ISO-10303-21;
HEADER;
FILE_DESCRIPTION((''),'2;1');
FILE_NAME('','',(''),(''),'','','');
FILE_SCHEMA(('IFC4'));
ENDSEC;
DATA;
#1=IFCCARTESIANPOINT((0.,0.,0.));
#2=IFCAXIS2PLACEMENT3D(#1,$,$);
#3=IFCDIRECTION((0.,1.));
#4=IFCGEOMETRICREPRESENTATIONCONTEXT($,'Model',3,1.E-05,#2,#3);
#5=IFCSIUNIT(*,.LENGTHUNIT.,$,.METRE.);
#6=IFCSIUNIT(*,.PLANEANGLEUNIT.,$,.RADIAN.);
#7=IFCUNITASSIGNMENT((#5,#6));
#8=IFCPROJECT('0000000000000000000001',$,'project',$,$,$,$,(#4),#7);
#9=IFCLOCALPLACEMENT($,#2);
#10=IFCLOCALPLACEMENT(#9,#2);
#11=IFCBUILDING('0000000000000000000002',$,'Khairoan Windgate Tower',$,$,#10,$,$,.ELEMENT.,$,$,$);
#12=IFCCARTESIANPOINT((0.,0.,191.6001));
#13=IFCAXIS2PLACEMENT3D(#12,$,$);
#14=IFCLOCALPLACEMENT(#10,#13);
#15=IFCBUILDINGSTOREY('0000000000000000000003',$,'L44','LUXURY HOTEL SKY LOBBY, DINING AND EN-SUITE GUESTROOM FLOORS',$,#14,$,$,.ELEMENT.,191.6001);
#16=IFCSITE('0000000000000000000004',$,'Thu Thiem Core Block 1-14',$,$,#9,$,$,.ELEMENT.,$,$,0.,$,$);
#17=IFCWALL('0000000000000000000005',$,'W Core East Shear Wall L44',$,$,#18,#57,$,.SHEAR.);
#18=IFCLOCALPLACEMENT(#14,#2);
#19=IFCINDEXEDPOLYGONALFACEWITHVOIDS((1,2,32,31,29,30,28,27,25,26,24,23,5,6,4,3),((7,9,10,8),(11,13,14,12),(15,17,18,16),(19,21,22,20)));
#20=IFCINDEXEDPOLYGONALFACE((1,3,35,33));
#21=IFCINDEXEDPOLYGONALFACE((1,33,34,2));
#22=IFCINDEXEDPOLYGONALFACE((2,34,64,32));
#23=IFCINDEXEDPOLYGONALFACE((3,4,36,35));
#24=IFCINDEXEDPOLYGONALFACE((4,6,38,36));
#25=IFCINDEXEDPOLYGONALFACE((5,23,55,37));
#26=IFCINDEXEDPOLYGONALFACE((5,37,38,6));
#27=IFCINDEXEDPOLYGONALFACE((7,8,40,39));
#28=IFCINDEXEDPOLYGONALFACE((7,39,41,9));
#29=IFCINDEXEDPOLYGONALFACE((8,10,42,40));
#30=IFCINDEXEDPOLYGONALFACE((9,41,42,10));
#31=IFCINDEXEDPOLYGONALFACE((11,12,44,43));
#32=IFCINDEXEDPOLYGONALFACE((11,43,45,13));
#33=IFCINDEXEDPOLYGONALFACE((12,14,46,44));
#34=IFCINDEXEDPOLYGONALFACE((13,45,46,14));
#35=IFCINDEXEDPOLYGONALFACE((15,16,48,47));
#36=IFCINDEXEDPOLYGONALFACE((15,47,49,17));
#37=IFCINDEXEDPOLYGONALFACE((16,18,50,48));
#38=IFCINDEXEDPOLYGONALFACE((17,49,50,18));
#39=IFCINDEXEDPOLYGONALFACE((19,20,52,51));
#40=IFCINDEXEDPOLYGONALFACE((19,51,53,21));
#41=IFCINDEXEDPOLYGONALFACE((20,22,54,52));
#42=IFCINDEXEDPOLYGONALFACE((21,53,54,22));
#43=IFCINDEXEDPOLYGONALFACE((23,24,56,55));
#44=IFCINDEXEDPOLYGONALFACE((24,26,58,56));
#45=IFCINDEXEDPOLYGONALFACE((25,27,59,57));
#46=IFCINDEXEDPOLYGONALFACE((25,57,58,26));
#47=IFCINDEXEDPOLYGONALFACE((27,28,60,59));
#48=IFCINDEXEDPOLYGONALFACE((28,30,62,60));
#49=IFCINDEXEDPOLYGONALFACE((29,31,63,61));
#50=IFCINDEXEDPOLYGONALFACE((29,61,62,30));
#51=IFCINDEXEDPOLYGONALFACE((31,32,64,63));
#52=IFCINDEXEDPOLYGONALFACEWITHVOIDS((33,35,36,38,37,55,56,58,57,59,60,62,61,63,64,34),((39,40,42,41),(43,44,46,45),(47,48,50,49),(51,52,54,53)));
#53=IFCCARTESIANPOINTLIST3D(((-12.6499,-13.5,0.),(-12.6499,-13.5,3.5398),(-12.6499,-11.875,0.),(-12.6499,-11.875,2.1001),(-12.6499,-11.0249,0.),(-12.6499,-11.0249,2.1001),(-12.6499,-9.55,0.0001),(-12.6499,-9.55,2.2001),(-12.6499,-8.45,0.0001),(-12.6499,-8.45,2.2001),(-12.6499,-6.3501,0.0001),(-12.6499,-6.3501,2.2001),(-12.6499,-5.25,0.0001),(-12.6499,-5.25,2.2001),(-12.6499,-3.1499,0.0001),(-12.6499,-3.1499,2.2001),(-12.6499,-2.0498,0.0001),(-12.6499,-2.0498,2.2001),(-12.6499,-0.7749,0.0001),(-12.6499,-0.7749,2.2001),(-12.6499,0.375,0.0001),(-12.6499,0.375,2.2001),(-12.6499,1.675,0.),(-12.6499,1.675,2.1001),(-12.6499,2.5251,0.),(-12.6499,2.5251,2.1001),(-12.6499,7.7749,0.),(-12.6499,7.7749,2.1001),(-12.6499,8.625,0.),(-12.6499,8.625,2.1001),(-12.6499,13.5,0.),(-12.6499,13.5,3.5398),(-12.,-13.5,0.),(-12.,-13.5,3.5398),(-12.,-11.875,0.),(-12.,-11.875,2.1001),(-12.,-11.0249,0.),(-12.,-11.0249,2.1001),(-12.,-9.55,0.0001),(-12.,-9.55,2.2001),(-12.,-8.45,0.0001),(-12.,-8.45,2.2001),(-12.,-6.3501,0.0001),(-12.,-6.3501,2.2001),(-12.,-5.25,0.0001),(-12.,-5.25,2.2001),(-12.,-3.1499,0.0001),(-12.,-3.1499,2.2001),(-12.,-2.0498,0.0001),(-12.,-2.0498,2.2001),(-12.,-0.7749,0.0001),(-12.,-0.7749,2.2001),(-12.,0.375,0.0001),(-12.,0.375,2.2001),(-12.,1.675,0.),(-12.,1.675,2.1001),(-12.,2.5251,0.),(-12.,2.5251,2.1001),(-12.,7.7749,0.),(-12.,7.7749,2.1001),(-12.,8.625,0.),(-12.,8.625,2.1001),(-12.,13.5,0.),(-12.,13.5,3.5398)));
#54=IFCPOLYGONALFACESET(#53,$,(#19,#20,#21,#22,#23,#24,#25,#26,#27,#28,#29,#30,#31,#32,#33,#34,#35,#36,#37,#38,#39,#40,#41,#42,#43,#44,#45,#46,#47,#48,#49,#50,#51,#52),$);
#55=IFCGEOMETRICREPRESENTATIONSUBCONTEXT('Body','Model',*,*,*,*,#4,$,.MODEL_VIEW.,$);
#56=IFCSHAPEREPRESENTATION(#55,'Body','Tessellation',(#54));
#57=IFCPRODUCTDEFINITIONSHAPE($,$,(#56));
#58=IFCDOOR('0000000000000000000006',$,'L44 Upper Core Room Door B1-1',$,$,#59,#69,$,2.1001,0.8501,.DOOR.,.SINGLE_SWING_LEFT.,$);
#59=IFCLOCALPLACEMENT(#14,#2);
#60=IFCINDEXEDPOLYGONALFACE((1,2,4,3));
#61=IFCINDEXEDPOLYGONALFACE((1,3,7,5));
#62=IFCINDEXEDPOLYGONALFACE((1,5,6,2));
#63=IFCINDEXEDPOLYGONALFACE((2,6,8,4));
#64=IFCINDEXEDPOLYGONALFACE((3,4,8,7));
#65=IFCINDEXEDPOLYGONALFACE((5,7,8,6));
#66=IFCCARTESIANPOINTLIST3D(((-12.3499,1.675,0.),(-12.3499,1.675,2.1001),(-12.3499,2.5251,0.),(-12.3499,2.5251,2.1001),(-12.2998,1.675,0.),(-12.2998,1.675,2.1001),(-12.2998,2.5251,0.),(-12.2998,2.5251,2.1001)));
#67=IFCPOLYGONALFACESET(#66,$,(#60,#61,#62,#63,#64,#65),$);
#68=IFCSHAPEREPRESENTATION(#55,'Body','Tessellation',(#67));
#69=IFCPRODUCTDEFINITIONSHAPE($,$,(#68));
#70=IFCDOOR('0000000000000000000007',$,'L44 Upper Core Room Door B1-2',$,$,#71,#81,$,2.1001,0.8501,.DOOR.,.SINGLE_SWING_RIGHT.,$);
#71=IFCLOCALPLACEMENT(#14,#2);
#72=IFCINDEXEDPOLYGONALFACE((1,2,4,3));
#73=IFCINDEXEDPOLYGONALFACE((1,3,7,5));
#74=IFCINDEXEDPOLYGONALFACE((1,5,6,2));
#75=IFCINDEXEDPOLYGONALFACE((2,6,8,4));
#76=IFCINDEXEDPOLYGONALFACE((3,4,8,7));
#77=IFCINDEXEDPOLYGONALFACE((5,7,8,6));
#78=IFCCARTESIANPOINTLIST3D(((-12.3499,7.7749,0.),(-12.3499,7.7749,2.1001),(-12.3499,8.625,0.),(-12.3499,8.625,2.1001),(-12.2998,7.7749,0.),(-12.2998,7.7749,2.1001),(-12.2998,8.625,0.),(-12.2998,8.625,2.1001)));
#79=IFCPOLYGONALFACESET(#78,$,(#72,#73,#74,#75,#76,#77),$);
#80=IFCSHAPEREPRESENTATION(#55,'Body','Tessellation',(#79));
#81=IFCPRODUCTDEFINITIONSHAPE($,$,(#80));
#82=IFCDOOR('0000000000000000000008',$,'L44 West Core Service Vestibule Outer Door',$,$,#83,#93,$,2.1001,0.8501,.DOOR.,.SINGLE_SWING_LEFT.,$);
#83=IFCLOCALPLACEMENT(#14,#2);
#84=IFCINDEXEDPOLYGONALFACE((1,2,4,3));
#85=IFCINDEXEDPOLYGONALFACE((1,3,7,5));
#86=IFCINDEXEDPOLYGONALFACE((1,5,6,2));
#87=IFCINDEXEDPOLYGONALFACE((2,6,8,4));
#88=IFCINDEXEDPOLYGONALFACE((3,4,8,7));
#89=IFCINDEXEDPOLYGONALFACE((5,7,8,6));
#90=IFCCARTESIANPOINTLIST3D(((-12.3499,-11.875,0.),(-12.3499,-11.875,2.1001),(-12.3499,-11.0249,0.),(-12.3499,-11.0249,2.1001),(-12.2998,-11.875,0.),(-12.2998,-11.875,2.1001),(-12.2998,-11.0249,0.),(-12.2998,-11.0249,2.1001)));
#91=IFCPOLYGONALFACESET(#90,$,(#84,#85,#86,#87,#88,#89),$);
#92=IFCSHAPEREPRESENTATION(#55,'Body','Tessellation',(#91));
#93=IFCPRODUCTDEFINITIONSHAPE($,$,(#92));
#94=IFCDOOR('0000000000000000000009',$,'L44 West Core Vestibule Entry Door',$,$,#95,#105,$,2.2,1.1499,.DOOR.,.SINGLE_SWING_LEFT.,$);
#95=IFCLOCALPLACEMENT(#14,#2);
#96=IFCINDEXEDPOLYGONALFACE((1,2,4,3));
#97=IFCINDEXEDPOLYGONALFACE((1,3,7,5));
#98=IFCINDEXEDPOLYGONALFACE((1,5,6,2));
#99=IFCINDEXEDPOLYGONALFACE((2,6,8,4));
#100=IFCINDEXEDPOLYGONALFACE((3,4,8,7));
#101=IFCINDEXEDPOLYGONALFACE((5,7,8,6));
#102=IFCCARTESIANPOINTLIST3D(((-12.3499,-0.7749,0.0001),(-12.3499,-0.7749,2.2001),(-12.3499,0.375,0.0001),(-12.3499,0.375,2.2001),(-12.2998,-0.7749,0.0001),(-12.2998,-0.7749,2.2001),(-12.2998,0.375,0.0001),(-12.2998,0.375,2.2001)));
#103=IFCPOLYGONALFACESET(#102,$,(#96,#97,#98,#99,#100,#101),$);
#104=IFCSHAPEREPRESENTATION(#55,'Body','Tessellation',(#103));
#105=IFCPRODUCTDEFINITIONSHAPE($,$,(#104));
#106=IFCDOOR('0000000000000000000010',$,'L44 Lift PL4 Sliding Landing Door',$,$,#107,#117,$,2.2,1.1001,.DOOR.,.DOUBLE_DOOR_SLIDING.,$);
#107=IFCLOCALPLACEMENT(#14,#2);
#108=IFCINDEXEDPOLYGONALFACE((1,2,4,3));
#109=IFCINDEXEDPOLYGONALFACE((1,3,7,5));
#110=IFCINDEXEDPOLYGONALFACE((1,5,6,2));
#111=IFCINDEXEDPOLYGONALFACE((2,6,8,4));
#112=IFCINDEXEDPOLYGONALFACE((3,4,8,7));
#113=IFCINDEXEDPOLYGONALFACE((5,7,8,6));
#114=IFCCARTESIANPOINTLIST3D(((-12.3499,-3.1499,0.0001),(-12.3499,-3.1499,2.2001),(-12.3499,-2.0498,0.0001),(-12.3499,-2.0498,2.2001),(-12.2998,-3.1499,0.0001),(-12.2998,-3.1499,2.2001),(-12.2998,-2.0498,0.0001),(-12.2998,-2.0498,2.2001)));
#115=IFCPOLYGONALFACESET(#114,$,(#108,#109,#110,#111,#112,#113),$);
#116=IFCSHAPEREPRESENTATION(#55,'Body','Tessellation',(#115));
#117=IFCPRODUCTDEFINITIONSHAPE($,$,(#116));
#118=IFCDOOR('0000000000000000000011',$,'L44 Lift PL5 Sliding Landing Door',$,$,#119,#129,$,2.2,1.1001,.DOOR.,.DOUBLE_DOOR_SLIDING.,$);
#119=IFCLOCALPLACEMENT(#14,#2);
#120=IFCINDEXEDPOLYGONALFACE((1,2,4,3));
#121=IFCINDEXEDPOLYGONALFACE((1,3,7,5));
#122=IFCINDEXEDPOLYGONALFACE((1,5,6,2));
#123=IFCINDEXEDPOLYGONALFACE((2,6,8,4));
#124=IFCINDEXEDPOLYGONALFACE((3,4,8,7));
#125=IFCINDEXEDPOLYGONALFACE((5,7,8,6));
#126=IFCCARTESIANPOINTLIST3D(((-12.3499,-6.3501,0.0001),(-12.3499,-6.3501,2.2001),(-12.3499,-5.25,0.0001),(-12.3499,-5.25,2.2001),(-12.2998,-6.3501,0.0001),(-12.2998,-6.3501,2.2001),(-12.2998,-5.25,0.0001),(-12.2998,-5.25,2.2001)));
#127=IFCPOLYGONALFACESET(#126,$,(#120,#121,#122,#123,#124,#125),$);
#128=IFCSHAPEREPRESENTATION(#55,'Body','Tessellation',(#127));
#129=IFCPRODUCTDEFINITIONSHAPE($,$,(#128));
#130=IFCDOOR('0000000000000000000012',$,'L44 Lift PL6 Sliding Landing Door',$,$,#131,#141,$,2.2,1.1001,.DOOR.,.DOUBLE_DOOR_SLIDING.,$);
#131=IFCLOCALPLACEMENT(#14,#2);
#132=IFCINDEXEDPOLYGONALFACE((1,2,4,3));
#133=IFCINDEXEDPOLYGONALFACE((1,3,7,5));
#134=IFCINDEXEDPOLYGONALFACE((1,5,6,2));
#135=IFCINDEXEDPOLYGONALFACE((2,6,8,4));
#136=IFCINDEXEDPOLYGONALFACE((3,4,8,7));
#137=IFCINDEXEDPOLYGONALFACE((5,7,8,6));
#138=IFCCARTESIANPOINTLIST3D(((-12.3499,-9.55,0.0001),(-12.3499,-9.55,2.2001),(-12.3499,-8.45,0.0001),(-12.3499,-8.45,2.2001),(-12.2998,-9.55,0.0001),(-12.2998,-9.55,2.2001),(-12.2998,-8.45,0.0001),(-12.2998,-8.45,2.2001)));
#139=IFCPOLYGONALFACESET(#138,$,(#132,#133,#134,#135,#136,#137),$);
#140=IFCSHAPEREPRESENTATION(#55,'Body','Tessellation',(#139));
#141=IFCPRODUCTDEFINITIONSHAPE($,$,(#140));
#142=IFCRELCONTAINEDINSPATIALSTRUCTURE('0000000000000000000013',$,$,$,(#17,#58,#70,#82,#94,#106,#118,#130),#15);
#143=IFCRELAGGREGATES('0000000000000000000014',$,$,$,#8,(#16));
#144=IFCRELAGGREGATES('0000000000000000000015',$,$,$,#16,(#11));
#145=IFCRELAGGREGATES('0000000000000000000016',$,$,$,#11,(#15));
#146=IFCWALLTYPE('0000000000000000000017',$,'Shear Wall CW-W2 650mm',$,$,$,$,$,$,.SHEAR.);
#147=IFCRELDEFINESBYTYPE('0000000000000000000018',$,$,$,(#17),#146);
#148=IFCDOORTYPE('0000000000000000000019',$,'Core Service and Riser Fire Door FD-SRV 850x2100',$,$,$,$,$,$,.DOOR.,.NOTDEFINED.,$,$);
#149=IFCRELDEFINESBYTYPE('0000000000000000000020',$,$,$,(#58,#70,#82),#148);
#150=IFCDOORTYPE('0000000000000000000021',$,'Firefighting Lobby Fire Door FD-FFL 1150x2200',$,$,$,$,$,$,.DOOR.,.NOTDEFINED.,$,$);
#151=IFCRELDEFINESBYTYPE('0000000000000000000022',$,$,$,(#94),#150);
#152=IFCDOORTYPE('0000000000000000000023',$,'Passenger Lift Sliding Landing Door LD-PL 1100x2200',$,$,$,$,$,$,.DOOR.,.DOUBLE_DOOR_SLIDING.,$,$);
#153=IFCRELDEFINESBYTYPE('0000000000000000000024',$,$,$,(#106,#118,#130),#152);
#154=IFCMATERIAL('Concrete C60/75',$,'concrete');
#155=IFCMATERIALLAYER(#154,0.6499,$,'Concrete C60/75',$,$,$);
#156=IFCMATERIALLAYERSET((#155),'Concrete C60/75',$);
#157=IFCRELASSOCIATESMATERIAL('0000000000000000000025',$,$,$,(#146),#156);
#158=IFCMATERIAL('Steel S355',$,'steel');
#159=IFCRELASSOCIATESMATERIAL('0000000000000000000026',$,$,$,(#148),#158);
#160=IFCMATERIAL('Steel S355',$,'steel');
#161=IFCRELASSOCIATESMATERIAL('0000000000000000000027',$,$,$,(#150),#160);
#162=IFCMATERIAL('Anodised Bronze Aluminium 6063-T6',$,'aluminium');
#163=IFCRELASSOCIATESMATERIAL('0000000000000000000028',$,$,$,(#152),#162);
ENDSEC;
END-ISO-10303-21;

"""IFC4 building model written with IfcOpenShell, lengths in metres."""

from ifc_helpers import new_model, si_unit, direction, frame, frame_2d, origin, place, context, subcontext, project, spatial, rectangle, extrude, material, layer, layer_set, type_object, element, fill, save


model = new_model("IFC4")

# Units and contexts
model_context = context("Model", 3, precision=1e-05, world=origin(), true_north=direction((0.0, 1.0)))
body_context = subcontext(model_context, "Body", "Model", "MODEL_VIEW")
ifc_project = project(units=[si_unit("LENGTHUNIT", "METRE"), si_unit("PLANEANGLEUNIT", "RADIAN")], contexts=[model_context])

# Site, building, storey
site_placement = place(None, origin())
site = spatial("IfcSite", under=ifc_project, at=site_placement, Name="Thu Thiem Core Block 1-14", CompositionType="ELEMENT", RefElevation=0.0)
building_placement = place(site_placement, origin())
building = spatial("IfcBuilding", under=site, at=building_placement, Name="Khairoan Windgate Tower", CompositionType="ELEMENT")
storey_placement = place(building_placement, frame((0.0, 0.0, 191.6001)))
storey = spatial("IfcBuildingStorey", under=building, at=storey_placement, Name="L44", Description="LUXURY HOTEL SKY LOBBY, DINING AND EN-SUITE GUESTROOM FLOORS", CompositionType="ELEMENT", Elevation=191.6001)

# Wall, openings, doors
ifc_material_1 = material(Name="Concrete C60/75", Category="concrete")
ifc_layer_1 = layer(ifc_material_1, 0.6499, Name="Concrete C60/75")
ifc_layer_set_1 = layer_set([ifc_layer_1], Name="Concrete C60/75")
wall_type_1 = type_object("IfcWallType", Name="Shear Wall CW-W2 650mm", PredefinedType="SHEAR", material=ifc_layer_set_1)
wall_1_placement = place(storey_placement, frame((-12.325, -13.5, 0.0), z_axis=(0.0, 0.0, 1.0), x_axis=(0.0, 1.0, 0.0)))
wall_1 = element("IfcWall", 1, at=wall_1_placement, inside=storey, type_object=wall_type_1, Name="W Core East Shear Wall L44", PredefinedType="SHEAR", context=body_context, shape_type="SweptSolid", body=[
    extrude(rectangle(XDim=27.0, YDim=0.6499, at=frame_2d((13.5, 0.0))), origin(), (0.0, 0.0, 1.0), 3.5398),
])
opening_1_placement = place(wall_1_placement, frame((10.3501, 0.0, 0.0)))
opening_1 = element("IfcOpeningElement", 2, at=opening_1_placement, cuts=wall_1, PredefinedType="OPENING", context=body_context, shape_type="SweptSolid", body=[
    extrude(rectangle(XDim=1.1001, YDim=2.2, at=frame_2d((0.55, 1.1001))), frame((0.0, 0.335, 0.0), z_axis=(0.0, -1.0, 0.0), x_axis=(1.0, 0.0, 0.0)), (0.0, 0.0, 1.0), 0.6699),
])
opening_2_placement = place(wall_1_placement, frame((7.1499, 0.0, 0.0)))
opening_2 = element("IfcOpeningElement", 3, at=opening_2_placement, cuts=wall_1, PredefinedType="OPENING", context=body_context, shape_type="SweptSolid", body=[
    extrude(rectangle(XDim=1.1001, YDim=2.2, at=frame_2d((0.55, 1.1001))), frame((0.0, 0.335, 0.0), z_axis=(0.0, -1.0, 0.0), x_axis=(1.0, 0.0, 0.0)), (0.0, 0.0, 1.0), 0.6699),
])
opening_3_placement = place(wall_1_placement, frame((3.95, 0.0, 0.0)))
opening_3 = element("IfcOpeningElement", 4, at=opening_3_placement, cuts=wall_1, PredefinedType="OPENING", context=body_context, shape_type="SweptSolid", body=[
    extrude(rectangle(XDim=1.1001, YDim=2.2, at=frame_2d((0.55, 1.1001))), frame((0.0, 0.335, 0.0), z_axis=(0.0, -1.0, 0.0), x_axis=(1.0, 0.0, 0.0)), (0.0, 0.0, 1.0), 0.6699),
])
opening_4_placement = place(wall_1_placement, frame((15.175, 0.0, 0.0)))
opening_4 = element("IfcOpeningElement", 5, at=opening_4_placement, cuts=wall_1, PredefinedType="OPENING", context=body_context, shape_type="SweptSolid", body=[
    extrude(rectangle(XDim=0.8501, YDim=2.1001, at=frame_2d((0.425, 1.05))), frame((0.0, 0.335, 0.0), z_axis=(0.0, -1.0, 0.0), x_axis=(1.0, 0.0, 0.0)), (0.0, 0.0, 1.0), 0.6699),
])
opening_5_placement = place(wall_1_placement, frame((21.2749, 0.0, 0.0)))
opening_5 = element("IfcOpeningElement", 6, at=opening_5_placement, cuts=wall_1, PredefinedType="OPENING", context=body_context, shape_type="SweptSolid", body=[
    extrude(rectangle(XDim=0.8501, YDim=2.1001, at=frame_2d((0.425, 1.05))), frame((0.0, 0.335, 0.0), z_axis=(0.0, -1.0, 0.0), x_axis=(1.0, 0.0, 0.0)), (0.0, 0.0, 1.0), 0.6699),
])
opening_6_placement = place(wall_1_placement, frame((12.7251, 0.0, 0.0)))
opening_6 = element("IfcOpeningElement", 7, at=opening_6_placement, cuts=wall_1, PredefinedType="OPENING", context=body_context, shape_type="SweptSolid", body=[
    extrude(rectangle(XDim=1.1499, YDim=2.2, at=frame_2d((0.575, 1.1001))), frame((0.0, 0.335, 0.0), z_axis=(0.0, -1.0, 0.0), x_axis=(1.0, 0.0, 0.0)), (0.0, 0.0, 1.0), 0.6699),
])
opening_7_placement = place(wall_1_placement, frame((1.625, 0.0, 0.0)))
opening_7 = element("IfcOpeningElement", 8, at=opening_7_placement, cuts=wall_1, PredefinedType="OPENING", context=body_context, shape_type="SweptSolid", body=[
    extrude(rectangle(XDim=0.8501, YDim=2.1001, at=frame_2d((0.425, 1.05))), frame((0.0, 0.335, 0.0), z_axis=(0.0, -1.0, 0.0), x_axis=(1.0, 0.0, 0.0)), (0.0, 0.0, 1.0), 0.6699),
])
ifc_material_2 = material(Name="Steel S355", Category="steel")
door_type_1 = type_object("IfcDoorType", Name="Core Service and Riser Fire Door FD-SRV 850x2100", OperationType="NOTDEFINED", PredefinedType="DOOR", material=ifc_material_2)
door_1_placement = place(opening_4_placement, origin())
door_1 = element("IfcDoor", 9, at=door_1_placement, inside=storey, type_object=door_type_1, Name="L44 Upper Core Room Door B1-1", OperationType="SINGLE_SWING_LEFT", OverallHeight=2.1001, OverallWidth=0.8501, PredefinedType="DOOR", context=body_context, shape_type="SweptSolid", body=[
    extrude(rectangle(XDim=0.8501, YDim=2.1001, at=frame_2d((0.425, 1.05))), frame((0.0, 0.0249, 0.0), z_axis=(0.0, -1.0, 0.0), x_axis=(1.0, 0.0, 0.0)), (0.0, 0.0, 1.0), 0.05),
])
fill(opening_4, door_1)
door_2_placement = place(opening_5_placement, origin())
door_2 = element("IfcDoor", 10, at=door_2_placement, inside=storey, type_object=door_type_1, Name="L44 Upper Core Room Door B1-2", OperationType="SINGLE_SWING_RIGHT", OverallHeight=2.1001, OverallWidth=0.8501, PredefinedType="DOOR", context=body_context, shape_type="SweptSolid", body=[
    extrude(rectangle(XDim=0.8501, YDim=2.1001, at=frame_2d((0.425, 1.05))), frame((0.0, 0.0249, 0.0), z_axis=(0.0, -1.0, 0.0), x_axis=(1.0, 0.0, 0.0)), (0.0, 0.0, 1.0), 0.05),
])
fill(opening_5, door_2)
door_3_placement = place(opening_7_placement, origin())
door_3 = element("IfcDoor", 11, at=door_3_placement, inside=storey, type_object=door_type_1, Name="L44 West Core Service Vestibule Outer Door", OperationType="SINGLE_SWING_LEFT", OverallHeight=2.1001, OverallWidth=0.8501, PredefinedType="DOOR", context=body_context, shape_type="SweptSolid", body=[
    extrude(rectangle(XDim=0.8501, YDim=2.1001, at=frame_2d((0.425, 1.05))), frame((0.0, 0.0249, 0.0), z_axis=(0.0, -1.0, 0.0), x_axis=(1.0, 0.0, 0.0)), (0.0, 0.0, 1.0), 0.05),
])
fill(opening_7, door_3)
ifc_material_3 = material(Name="Steel S355", Category="steel")
door_type_2 = type_object("IfcDoorType", Name="Firefighting Lobby Fire Door FD-FFL 1150x2200", OperationType="NOTDEFINED", PredefinedType="DOOR", material=ifc_material_3)
door_4_placement = place(opening_6_placement, origin())
door_4 = element("IfcDoor", 12, at=door_4_placement, inside=storey, type_object=door_type_2, Name="L44 West Core Vestibule Entry Door", OperationType="SINGLE_SWING_LEFT", OverallHeight=2.2, OverallWidth=1.1499, PredefinedType="DOOR", context=body_context, shape_type="SweptSolid", body=[
    extrude(rectangle(XDim=1.1499, YDim=2.2, at=frame_2d((0.575, 1.1001))), frame((0.0, 0.0249, 0.0), z_axis=(0.0, -1.0, 0.0), x_axis=(1.0, 0.0, 0.0)), (0.0, 0.0, 1.0), 0.05),
])
fill(opening_6, door_4)
ifc_material_4 = material(Name="Anodised Bronze Aluminium 6063-T6", Category="aluminium")
door_type_3 = type_object("IfcDoorType", Name="Passenger Lift Sliding Landing Door LD-PL 1100x2200", OperationType="DOUBLE_DOOR_SLIDING", PredefinedType="DOOR", material=ifc_material_4)
door_5_placement = place(opening_1_placement, origin())
door_5 = element("IfcDoor", 13, at=door_5_placement, inside=storey, type_object=door_type_3, Name="L44 Lift PL4 Sliding Landing Door", OperationType="DOUBLE_DOOR_SLIDING", OverallHeight=2.2, OverallWidth=1.1001, PredefinedType="DOOR", context=body_context, shape_type="SweptSolid", body=[
    extrude(rectangle(XDim=1.1001, YDim=2.2, at=frame_2d((0.55, 1.1001))), frame((0.0, 0.0249, 0.0), z_axis=(0.0, -1.0, 0.0), x_axis=(1.0, 0.0, 0.0)), (0.0, 0.0, 1.0), 0.05),
])
fill(opening_1, door_5)
door_6_placement = place(opening_2_placement, origin())
door_6 = element("IfcDoor", 14, at=door_6_placement, inside=storey, type_object=door_type_3, Name="L44 Lift PL5 Sliding Landing Door", OperationType="DOUBLE_DOOR_SLIDING", OverallHeight=2.2, OverallWidth=1.1001, PredefinedType="DOOR", context=body_context, shape_type="SweptSolid", body=[
    extrude(rectangle(XDim=1.1001, YDim=2.2, at=frame_2d((0.55, 1.1001))), frame((0.0, 0.0249, 0.0), z_axis=(0.0, -1.0, 0.0), x_axis=(1.0, 0.0, 0.0)), (0.0, 0.0, 1.0), 0.05),
])
fill(opening_2, door_6)
door_7_placement = place(opening_3_placement, origin())
door_7 = element("IfcDoor", 15, at=door_7_placement, inside=storey, type_object=door_type_3, Name="L44 Lift PL6 Sliding Landing Door", OperationType="DOUBLE_DOOR_SLIDING", OverallHeight=2.2, OverallWidth=1.1001, PredefinedType="DOOR", context=body_context, shape_type="SweptSolid", body=[
    extrude(rectangle(XDim=1.1001, YDim=2.2, at=frame_2d((0.55, 1.1001))), frame((0.0, 0.0249, 0.0), z_axis=(0.0, -1.0, 0.0), x_axis=(1.0, 0.0, 0.0)), (0.0, 0.0, 1.0), 0.05),
])
fill(opening_3, door_7)

save(model, "model.ifc")
